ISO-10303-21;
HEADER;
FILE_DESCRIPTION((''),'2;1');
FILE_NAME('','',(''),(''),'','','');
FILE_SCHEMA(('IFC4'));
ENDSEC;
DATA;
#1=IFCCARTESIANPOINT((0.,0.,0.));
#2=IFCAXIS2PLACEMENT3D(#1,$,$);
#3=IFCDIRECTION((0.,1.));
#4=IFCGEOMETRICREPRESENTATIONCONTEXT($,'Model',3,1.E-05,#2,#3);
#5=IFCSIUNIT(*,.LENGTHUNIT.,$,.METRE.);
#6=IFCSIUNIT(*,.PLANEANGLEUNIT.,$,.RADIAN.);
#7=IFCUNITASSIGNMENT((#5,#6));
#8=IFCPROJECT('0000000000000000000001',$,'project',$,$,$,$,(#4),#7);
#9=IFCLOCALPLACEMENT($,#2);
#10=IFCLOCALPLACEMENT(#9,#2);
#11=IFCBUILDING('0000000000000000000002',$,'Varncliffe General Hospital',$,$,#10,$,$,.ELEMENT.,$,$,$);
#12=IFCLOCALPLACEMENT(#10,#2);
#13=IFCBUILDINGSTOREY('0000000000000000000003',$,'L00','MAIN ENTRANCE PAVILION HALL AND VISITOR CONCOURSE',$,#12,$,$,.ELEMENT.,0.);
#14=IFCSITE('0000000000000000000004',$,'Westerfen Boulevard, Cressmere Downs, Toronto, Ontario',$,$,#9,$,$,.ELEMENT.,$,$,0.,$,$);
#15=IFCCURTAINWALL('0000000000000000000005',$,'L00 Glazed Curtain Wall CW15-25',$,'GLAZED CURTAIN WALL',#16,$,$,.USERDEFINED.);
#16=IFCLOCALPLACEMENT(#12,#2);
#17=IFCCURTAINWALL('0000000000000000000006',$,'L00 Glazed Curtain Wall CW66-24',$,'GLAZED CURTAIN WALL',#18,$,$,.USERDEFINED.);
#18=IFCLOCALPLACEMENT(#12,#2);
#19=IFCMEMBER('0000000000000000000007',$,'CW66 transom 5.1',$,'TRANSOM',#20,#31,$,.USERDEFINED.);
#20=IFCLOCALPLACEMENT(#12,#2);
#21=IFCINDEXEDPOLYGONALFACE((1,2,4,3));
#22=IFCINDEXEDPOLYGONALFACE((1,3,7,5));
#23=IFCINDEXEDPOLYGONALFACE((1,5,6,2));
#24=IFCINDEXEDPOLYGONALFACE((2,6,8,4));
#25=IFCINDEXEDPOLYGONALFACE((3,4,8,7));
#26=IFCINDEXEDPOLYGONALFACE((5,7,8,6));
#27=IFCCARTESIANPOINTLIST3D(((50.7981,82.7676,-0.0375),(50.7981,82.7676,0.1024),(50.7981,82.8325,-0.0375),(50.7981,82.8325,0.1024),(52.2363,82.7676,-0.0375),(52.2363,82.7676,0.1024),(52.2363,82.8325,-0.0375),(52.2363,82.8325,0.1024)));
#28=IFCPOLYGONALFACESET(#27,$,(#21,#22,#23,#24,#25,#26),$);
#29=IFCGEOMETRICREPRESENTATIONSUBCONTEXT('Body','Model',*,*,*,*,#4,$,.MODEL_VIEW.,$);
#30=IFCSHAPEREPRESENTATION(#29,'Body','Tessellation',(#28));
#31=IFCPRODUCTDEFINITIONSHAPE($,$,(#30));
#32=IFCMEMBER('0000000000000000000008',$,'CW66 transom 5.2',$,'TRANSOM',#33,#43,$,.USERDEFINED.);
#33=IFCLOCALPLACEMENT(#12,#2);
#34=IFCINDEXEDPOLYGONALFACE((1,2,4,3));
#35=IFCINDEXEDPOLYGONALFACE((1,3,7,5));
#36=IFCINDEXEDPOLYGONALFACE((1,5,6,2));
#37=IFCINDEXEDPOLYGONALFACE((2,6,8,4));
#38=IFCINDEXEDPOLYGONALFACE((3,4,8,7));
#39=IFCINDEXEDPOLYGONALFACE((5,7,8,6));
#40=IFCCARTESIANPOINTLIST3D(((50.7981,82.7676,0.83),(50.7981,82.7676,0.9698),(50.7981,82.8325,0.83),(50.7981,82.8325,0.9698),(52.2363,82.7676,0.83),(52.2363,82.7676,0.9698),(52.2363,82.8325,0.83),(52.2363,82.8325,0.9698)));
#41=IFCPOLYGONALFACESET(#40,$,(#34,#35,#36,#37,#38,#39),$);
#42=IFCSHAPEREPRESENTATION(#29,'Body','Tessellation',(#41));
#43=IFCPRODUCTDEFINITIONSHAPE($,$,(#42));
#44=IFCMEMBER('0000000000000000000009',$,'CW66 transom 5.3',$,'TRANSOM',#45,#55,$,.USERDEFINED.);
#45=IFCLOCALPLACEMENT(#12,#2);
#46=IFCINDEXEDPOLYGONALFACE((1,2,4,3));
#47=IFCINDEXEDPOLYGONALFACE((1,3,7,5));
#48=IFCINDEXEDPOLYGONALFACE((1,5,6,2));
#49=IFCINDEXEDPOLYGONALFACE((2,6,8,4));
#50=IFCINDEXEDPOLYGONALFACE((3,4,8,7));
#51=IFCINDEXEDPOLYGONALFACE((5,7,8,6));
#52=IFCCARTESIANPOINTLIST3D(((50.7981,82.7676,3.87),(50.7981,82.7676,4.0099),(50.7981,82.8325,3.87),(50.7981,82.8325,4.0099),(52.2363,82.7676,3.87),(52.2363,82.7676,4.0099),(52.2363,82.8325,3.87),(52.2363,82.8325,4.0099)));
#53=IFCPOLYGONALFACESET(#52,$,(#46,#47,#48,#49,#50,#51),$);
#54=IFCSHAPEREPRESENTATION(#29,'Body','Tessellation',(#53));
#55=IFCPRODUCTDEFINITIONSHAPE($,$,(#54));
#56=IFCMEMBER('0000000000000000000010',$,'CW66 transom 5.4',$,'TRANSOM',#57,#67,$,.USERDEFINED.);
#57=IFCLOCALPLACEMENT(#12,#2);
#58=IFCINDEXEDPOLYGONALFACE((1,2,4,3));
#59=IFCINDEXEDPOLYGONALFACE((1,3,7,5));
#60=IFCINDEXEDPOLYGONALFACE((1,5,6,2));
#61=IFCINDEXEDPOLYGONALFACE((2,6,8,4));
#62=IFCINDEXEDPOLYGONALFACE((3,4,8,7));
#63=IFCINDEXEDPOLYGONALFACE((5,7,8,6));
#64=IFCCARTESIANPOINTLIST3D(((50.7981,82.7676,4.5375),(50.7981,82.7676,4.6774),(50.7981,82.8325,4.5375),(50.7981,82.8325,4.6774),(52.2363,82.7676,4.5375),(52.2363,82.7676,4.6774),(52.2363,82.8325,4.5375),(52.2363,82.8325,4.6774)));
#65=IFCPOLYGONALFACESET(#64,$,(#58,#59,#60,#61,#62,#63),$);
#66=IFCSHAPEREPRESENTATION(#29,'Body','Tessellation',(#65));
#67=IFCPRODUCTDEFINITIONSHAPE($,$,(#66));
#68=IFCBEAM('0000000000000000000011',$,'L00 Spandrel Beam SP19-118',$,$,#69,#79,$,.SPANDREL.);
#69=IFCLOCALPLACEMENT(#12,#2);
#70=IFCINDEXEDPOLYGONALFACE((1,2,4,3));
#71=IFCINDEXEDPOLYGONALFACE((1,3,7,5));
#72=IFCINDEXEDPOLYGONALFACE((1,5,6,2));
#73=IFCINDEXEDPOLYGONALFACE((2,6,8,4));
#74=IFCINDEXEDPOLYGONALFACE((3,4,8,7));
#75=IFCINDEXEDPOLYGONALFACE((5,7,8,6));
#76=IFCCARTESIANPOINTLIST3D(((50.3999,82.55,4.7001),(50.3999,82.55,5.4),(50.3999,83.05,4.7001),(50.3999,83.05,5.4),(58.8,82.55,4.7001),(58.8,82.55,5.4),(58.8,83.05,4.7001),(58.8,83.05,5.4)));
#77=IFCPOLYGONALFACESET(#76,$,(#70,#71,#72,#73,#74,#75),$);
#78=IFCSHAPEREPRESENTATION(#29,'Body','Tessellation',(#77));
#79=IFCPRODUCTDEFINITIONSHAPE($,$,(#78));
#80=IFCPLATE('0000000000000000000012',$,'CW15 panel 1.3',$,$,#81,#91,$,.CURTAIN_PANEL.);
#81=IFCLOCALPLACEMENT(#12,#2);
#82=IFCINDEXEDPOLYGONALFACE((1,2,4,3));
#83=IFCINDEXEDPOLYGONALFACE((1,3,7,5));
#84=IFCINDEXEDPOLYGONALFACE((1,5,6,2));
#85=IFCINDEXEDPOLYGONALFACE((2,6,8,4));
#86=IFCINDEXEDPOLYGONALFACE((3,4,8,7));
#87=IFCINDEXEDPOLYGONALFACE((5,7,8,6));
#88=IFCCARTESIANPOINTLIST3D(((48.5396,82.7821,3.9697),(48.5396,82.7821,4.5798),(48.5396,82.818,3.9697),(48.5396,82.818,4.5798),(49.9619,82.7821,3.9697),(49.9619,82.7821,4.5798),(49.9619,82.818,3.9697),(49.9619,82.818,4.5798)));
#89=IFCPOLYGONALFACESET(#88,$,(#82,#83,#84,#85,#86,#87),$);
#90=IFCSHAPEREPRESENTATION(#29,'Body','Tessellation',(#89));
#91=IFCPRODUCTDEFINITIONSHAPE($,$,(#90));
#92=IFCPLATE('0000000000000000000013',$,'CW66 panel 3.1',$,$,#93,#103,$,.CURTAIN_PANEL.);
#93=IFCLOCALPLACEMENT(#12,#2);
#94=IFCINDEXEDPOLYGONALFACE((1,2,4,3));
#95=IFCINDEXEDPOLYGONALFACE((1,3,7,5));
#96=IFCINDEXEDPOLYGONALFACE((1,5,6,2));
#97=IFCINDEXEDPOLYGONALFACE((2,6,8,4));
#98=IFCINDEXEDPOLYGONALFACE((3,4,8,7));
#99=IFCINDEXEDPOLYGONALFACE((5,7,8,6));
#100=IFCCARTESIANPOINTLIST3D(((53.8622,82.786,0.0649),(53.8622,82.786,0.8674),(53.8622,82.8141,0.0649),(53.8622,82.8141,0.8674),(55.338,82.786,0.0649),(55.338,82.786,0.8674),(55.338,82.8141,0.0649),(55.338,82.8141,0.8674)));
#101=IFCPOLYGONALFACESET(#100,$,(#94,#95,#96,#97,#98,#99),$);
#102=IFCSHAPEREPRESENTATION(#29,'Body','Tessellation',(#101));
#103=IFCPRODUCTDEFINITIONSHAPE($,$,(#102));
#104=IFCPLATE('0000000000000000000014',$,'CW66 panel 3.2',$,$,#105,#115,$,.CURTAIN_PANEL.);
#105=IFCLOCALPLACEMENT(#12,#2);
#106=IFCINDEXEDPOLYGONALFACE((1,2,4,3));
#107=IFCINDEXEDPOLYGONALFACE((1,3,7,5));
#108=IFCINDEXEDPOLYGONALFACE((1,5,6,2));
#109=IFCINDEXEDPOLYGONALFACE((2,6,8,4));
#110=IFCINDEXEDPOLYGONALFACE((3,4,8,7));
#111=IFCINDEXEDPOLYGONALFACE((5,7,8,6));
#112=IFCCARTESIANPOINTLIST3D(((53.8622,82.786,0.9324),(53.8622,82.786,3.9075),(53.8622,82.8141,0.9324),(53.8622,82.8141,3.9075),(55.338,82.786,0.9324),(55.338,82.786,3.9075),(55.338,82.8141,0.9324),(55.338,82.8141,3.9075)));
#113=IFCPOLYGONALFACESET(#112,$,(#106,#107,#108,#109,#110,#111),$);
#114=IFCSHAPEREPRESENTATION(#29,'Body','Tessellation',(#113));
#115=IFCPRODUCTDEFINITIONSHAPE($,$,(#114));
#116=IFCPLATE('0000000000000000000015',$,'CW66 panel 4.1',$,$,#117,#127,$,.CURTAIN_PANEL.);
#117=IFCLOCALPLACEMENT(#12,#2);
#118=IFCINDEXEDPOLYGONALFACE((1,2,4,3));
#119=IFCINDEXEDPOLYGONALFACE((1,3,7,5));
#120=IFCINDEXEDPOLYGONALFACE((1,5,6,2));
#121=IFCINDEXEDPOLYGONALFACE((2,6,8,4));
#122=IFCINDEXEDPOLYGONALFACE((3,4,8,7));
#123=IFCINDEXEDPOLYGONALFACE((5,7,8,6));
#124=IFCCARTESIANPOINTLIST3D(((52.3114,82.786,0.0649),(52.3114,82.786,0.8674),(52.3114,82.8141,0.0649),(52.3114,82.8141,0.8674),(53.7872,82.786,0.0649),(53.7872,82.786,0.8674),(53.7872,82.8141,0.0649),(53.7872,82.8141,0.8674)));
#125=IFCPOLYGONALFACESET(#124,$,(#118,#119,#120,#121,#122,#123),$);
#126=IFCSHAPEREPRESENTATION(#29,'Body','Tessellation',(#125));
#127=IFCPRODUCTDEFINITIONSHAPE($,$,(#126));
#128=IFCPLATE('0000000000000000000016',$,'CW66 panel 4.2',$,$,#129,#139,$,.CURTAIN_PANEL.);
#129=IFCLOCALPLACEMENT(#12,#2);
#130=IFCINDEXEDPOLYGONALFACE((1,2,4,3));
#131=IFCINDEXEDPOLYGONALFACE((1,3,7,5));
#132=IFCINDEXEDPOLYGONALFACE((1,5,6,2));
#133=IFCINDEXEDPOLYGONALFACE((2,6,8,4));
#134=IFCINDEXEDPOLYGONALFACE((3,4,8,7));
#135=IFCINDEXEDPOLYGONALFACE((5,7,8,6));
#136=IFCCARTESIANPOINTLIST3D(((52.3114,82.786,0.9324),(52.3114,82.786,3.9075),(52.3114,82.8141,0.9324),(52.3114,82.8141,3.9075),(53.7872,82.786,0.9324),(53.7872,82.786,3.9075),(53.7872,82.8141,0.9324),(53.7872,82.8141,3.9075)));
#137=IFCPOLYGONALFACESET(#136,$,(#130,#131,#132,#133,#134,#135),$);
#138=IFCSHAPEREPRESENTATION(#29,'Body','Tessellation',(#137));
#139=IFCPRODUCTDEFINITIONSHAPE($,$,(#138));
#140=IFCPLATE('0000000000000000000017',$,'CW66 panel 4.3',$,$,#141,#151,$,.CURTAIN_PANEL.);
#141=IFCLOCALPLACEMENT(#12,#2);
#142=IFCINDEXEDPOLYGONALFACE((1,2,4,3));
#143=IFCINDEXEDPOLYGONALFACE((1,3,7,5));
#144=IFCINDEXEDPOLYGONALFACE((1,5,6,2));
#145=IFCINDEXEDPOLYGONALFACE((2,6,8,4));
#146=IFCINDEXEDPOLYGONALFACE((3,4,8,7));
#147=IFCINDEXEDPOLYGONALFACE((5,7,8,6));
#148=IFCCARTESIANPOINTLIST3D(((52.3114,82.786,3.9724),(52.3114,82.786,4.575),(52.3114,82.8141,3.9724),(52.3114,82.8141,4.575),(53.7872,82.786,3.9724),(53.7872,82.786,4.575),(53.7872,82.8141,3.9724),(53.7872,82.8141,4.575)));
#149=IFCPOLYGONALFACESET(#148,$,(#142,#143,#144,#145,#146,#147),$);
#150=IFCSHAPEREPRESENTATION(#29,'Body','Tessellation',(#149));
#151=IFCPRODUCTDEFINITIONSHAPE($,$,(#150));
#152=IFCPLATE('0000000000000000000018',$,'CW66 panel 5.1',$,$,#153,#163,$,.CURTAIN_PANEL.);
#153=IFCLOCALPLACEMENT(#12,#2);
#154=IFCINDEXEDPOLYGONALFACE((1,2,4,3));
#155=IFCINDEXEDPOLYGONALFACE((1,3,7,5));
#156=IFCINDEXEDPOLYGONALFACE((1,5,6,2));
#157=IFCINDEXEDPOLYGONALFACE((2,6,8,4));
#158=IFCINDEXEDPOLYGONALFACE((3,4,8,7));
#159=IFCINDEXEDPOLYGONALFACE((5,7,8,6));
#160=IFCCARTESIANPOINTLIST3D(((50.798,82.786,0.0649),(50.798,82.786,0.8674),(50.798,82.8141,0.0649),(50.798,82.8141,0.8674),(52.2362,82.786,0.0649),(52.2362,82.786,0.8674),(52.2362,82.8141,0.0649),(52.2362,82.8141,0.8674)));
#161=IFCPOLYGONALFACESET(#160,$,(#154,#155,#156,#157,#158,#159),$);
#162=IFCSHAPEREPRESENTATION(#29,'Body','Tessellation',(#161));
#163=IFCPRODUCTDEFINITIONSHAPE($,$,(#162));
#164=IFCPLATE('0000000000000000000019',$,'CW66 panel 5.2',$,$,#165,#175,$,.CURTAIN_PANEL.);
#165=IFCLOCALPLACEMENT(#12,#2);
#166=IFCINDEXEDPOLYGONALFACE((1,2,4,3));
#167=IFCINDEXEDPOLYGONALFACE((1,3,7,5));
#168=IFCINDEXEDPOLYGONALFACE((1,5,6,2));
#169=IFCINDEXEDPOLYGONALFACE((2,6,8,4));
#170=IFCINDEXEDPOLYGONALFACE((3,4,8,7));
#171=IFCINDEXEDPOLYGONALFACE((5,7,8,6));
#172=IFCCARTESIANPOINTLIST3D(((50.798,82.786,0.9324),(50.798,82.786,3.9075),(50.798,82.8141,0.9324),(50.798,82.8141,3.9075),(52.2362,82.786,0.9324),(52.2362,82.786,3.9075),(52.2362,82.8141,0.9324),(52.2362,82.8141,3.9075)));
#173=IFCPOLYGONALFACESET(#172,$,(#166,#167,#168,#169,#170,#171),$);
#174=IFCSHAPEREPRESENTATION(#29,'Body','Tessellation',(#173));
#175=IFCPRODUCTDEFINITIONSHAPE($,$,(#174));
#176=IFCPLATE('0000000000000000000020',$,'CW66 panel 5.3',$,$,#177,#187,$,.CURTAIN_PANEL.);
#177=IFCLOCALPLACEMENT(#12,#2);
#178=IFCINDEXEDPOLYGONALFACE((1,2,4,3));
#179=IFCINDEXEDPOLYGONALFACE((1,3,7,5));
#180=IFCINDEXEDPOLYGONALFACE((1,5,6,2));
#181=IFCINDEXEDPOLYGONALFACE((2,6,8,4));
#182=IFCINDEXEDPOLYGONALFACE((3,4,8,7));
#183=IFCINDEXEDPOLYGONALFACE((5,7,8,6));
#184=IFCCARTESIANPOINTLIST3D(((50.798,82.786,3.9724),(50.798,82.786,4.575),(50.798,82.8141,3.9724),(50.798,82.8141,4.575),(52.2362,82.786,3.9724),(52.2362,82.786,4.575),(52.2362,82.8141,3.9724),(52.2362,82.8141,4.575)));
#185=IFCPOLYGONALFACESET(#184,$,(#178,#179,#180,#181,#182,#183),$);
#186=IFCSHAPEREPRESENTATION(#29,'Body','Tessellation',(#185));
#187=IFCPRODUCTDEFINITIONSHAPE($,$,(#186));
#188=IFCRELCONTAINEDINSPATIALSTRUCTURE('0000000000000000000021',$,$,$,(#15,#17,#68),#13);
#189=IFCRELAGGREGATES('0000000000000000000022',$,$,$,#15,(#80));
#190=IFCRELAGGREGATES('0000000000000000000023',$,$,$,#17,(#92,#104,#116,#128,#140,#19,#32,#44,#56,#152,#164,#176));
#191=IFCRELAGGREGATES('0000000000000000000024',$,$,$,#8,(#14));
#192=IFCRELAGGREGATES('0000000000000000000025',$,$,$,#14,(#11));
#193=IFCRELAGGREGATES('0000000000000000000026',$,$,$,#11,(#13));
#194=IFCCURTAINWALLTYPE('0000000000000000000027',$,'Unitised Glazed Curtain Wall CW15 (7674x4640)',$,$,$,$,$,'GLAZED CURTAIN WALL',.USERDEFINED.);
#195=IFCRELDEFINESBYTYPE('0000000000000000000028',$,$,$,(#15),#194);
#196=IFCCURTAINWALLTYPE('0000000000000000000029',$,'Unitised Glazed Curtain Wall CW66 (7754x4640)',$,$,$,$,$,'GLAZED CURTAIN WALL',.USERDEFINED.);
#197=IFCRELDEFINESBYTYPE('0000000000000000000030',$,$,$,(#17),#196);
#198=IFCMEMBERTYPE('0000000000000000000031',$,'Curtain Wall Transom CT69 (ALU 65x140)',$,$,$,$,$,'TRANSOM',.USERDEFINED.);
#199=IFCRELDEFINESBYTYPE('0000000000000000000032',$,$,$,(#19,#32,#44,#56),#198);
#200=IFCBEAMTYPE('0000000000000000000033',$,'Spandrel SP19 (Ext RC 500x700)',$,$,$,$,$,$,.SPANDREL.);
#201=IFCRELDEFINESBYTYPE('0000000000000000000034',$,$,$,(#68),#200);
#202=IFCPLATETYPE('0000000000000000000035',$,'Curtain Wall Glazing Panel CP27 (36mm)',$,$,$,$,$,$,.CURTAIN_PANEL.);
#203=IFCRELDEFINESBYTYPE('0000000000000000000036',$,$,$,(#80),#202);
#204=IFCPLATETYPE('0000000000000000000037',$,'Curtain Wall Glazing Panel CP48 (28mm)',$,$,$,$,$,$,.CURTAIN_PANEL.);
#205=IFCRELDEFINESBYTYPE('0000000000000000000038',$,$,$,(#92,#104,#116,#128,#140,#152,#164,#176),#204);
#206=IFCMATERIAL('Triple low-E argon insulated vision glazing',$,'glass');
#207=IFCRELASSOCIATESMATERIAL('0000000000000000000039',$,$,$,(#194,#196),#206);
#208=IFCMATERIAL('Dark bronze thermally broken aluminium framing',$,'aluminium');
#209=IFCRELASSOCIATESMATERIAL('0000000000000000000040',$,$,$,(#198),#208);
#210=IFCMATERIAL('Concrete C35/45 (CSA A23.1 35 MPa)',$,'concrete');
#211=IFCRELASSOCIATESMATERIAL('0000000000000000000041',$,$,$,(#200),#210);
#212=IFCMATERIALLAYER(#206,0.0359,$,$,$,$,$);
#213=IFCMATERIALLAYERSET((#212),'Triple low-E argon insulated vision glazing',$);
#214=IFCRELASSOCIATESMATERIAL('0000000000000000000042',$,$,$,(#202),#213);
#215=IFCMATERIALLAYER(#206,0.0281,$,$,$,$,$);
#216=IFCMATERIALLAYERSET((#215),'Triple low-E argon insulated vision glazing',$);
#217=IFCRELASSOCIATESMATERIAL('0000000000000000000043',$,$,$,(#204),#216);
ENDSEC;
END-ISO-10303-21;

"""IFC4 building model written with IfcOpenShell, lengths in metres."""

from ifc_helpers import new_model, si_unit, direction, frame, origin, origin_2d, place, context, subcontext, project, spatial, rectangle, extrude, material, layer, layer_set, material_profile, profile_set, type_object, element, aggregate, save


model = new_model("IFC4")

# Units and contexts
model_context = context("Model", 3, precision=1e-05, world=origin(), true_north=direction((0.0, 1.0)))
body_context = subcontext(model_context, "Body", "Model", "MODEL_VIEW")
ifc_project = project(units=[si_unit("LENGTHUNIT", "METRE"), si_unit("PLANEANGLEUNIT", "RADIAN")], contexts=[model_context])

# Site, building, storey
site_placement = place(None, origin())
site = spatial("IfcSite", under=ifc_project, at=site_placement, Name="Westerfen Boulevard, Cressmere Downs, Toronto, Ontario", CompositionType="ELEMENT", RefElevation=0.0)
building_placement = place(site_placement, origin())
building = spatial("IfcBuilding", under=site, at=building_placement, Name="Varncliffe General Hospital", CompositionType="ELEMENT")
storey_placement = place(building_placement, origin())
storey = spatial("IfcBuildingStorey", under=building, at=storey_placement, Name="L00", Description="MAIN ENTRANCE PAVILION HALL AND VISITOR CONCOURSE", CompositionType="ELEMENT", Elevation=0.0)

# Shared definitions
ifc_material_1 = material(Name="Concrete C35/45 (CSA A23.1 35 MPa)", Category="concrete")

# Curtain wall
ifc_material_2 = material(Name="Triple low-E argon insulated vision glazing", Category="glass")
curtain_wall_type_1 = type_object("IfcCurtainWallType", Name="Unitised Glazed Curtain Wall CW15 (7674x4640)", ElementType="GLAZED CURTAIN WALL", PredefinedType="USERDEFINED", material=ifc_material_2)
curtain_wall_1_placement = place(storey_placement, origin())
curtain_wall_1 = element("IfcCurtainWall", 1, at=curtain_wall_1_placement, inside=storey, type_object=curtain_wall_type_1, Name="L00 Glazed Curtain Wall CW15-25", ObjectType="GLAZED CURTAIN WALL", PredefinedType="USERDEFINED")
ifc_material_3 = material(Name="Dark bronze thermally broken aluminium framing", Category="aluminium")

# Curtain wall
curtain_wall_type_2 = type_object("IfcCurtainWallType", Name="Unitised Glazed Curtain Wall CW66 (7754x4640)", ElementType="GLAZED CURTAIN WALL", PredefinedType="USERDEFINED", material=ifc_material_2)
curtain_wall_2_placement = place(storey_placement, origin())
curtain_wall_2 = element("IfcCurtainWall", 2, at=curtain_wall_2_placement, inside=storey, type_object=curtain_wall_type_2, Name="L00 Glazed Curtain Wall CW66-24", ObjectType="GLAZED CURTAIN WALL", PredefinedType="USERDEFINED")

# Members
ifc_material_profile_1 = material_profile(ifc_material_3, rectangle(XDim=0.0649, YDim=0.1399, at=origin_2d()), Name="ALU 65x140")
ifc_profile_set_1 = profile_set([ifc_material_profile_1], Name="Dark bronze thermally broken aluminium framing")
member_type_1 = type_object("IfcMemberType", Name="Curtain Wall Transom CT69 (ALU 65x140)", ElementType="TRANSOM", PredefinedType="USERDEFINED", material=ifc_profile_set_1)
member_1_placement = place(storey_placement, frame((52.2363, 82.8, 0.0325), z_axis=(-1.0, 0.0, 0.0), x_axis=(0.0, -1.0, 0.0)))
member_1 = element("IfcMember", 3, at=member_1_placement, type_object=member_type_1, Name="CW66 transom 5.1", ObjectType="TRANSOM", PredefinedType="USERDEFINED", context=body_context, shape_type="SweptSolid", body=[
    extrude(rectangle(XDim=0.0649, YDim=0.1399, at=origin_2d()), origin(), (0.0, 0.0, 1.0), 1.4382),
])
member_2_placement = place(storey_placement, frame((52.2363, 82.8, 0.8999), z_axis=(-1.0, 0.0, 0.0), x_axis=(0.0, -1.0, 0.0)))
member_2 = element("IfcMember", 4, at=member_2_placement, type_object=member_type_1, Name="CW66 transom 5.2", ObjectType="TRANSOM", PredefinedType="USERDEFINED", context=body_context, shape_type="SweptSolid", body=[
    extrude(rectangle(XDim=0.0649, YDim=0.1399, at=origin_2d()), origin(), (0.0, 0.0, 1.0), 1.4382),
])
member_3_placement = place(storey_placement, frame((52.2363, 82.8, 3.9399), z_axis=(-1.0, 0.0, 0.0), x_axis=(0.0, -1.0, 0.0)))
member_3 = element("IfcMember", 5, at=member_3_placement, type_object=member_type_1, Name="CW66 transom 5.3", ObjectType="TRANSOM", PredefinedType="USERDEFINED", context=body_context, shape_type="SweptSolid", body=[
    extrude(rectangle(XDim=0.0649, YDim=0.1399, at=origin_2d()), origin(), (0.0, 0.0, 1.0), 1.4382),
])
member_4_placement = place(storey_placement, frame((52.2363, 82.8, 4.6074), z_axis=(-1.0, 0.0, 0.0), x_axis=(0.0, -1.0, 0.0)))
member_4 = element("IfcMember", 6, at=member_4_placement, type_object=member_type_1, Name="CW66 transom 5.4", ObjectType="TRANSOM", PredefinedType="USERDEFINED", context=body_context, shape_type="SweptSolid", body=[
    extrude(rectangle(XDim=0.0649, YDim=0.1399, at=origin_2d()), origin(), (0.0, 0.0, 1.0), 1.4382),
])

# Beam
ifc_material_profile_2 = material_profile(ifc_material_1, rectangle(XDim=0.5, YDim=0.7, at=origin_2d()), Name="RC 500x700")
ifc_profile_set_2 = profile_set([ifc_material_profile_2], Name="Concrete C35/45 (CSA A23.1 35 MPa)")
beam_type_1 = type_object("IfcBeamType", Name="Spandrel SP19 (Ext RC 500x700)", PredefinedType="SPANDREL", material=ifc_profile_set_2)
beam_1_placement = place(storey_placement, frame((50.3999, 82.8, 5.05), z_axis=(1.0, 0.0, 0.0), x_axis=(0.0, 1.0, 0.0)))
element("IfcBeam", 7, at=beam_1_placement, inside=storey, type_object=beam_type_1, Name="L00 Spandrel Beam SP19-118", PredefinedType="SPANDREL", context=body_context, shape_type="SweptSolid", body=[
    extrude(rectangle(XDim=0.5, YDim=0.7, at=origin_2d()), origin(), (0.0, 0.0, 1.0), 8.4001),
])

# Plates
ifc_layer_1 = layer(ifc_material_2, 0.0359)
ifc_layer_set_1 = layer_set([ifc_layer_1], Name="Triple low-E argon insulated vision glazing")
plate_type_1 = type_object("IfcPlateType", Name="Curtain Wall Glazing Panel CP27 (36mm)", PredefinedType="CURTAIN_PANEL", material=ifc_layer_set_1)
plate_1_placement = place(storey_placement, frame((49.2507, 82.8, 3.9697), z_axis=(0.0, 0.0, 1.0), x_axis=(-1.0, 0.0, 0.0)))
plate_1 = element("IfcPlate", 8, at=plate_1_placement, type_object=plate_type_1, Name="CW15 panel 1.3", PredefinedType="CURTAIN_PANEL", context=body_context, shape_type="SweptSolid", body=[
    extrude(rectangle(XDim=1.4224, YDim=0.0359, at=origin_2d()), origin(), (0.0, 0.0, 1.0), 0.6101),
])
aggregate(curtain_wall_1, [plate_1])
ifc_layer_2 = layer(ifc_material_2, 0.0281)
ifc_layer_set_2 = layer_set([ifc_layer_2], Name="Triple low-E argon insulated vision glazing")
plate_type_2 = type_object("IfcPlateType", Name="Curtain Wall Glazing Panel CP48 (28mm)", PredefinedType="CURTAIN_PANEL", material=ifc_layer_set_2)
plate_2_placement = place(storey_placement, frame((54.6001, 82.8, 0.0649), z_axis=(0.0, 0.0, 1.0), x_axis=(-1.0, 0.0, 0.0)))
plate_2 = element("IfcPlate", 9, at=plate_2_placement, type_object=plate_type_2, Name="CW66 panel 3.1", PredefinedType="CURTAIN_PANEL", context=body_context, shape_type="SweptSolid", body=[
    extrude(rectangle(XDim=1.4758, YDim=0.0281, at=origin_2d()), origin(), (0.0, 0.0, 1.0), 0.8025),
])
plate_3_placement = place(storey_placement, frame((54.6001, 82.8, 0.9324), z_axis=(0.0, 0.0, 1.0), x_axis=(-1.0, 0.0, 0.0)))
plate_3 = element("IfcPlate", 10, at=plate_3_placement, type_object=plate_type_2, Name="CW66 panel 3.2", PredefinedType="CURTAIN_PANEL", context=body_context, shape_type="SweptSolid", body=[
    extrude(rectangle(XDim=1.4758, YDim=0.0281, at=origin_2d()), origin(), (0.0, 0.0, 1.0), 2.9751),
])
plate_4_placement = place(storey_placement, frame((53.0493, 82.8, 0.0649), z_axis=(0.0, 0.0, 1.0), x_axis=(-1.0, 0.0, 0.0)))
plate_4 = element("IfcPlate", 11, at=plate_4_placement, type_object=plate_type_2, Name="CW66 panel 4.1", PredefinedType="CURTAIN_PANEL", context=body_context, shape_type="SweptSolid", body=[
    extrude(rectangle(XDim=1.4758, YDim=0.0281, at=origin_2d()), origin(), (0.0, 0.0, 1.0), 0.8025),
])
plate_5_placement = place(storey_placement, frame((53.0493, 82.8, 0.9324), z_axis=(0.0, 0.0, 1.0), x_axis=(-1.0, 0.0, 0.0)))
plate_5 = element("IfcPlate", 12, at=plate_5_placement, type_object=plate_type_2, Name="CW66 panel 4.2", PredefinedType="CURTAIN_PANEL", context=body_context, shape_type="SweptSolid", body=[
    extrude(rectangle(XDim=1.4758, YDim=0.0281, at=origin_2d()), origin(), (0.0, 0.0, 1.0), 2.9751),
])
plate_6_placement = place(storey_placement, frame((53.0493, 82.8, 3.9724), z_axis=(0.0, 0.0, 1.0), x_axis=(-1.0, 0.0, 0.0)))
plate_6 = element("IfcPlate", 13, at=plate_6_placement, type_object=plate_type_2, Name="CW66 panel 4.3", PredefinedType="CURTAIN_PANEL", context=body_context, shape_type="SweptSolid", body=[
    extrude(rectangle(XDim=1.4758, YDim=0.0281, at=origin_2d()), origin(), (0.0, 0.0, 1.0), 0.6025),
])
plate_7_placement = place(storey_placement, frame((51.5171, 82.8, 0.0649), z_axis=(0.0, 0.0, 1.0), x_axis=(-1.0, 0.0, 0.0)))
plate_7 = element("IfcPlate", 14, at=plate_7_placement, type_object=plate_type_2, Name="CW66 panel 5.1", PredefinedType="CURTAIN_PANEL", context=body_context, shape_type="SweptSolid", body=[
    extrude(rectangle(XDim=1.4382, YDim=0.0281, at=origin_2d()), origin(), (0.0, 0.0, 1.0), 0.8025),
])
plate_8_placement = place(storey_placement, frame((51.5171, 82.8, 0.9324), z_axis=(0.0, 0.0, 1.0), x_axis=(-1.0, 0.0, 0.0)))
plate_8 = element("IfcPlate", 15, at=plate_8_placement, type_object=plate_type_2, Name="CW66 panel 5.2", PredefinedType="CURTAIN_PANEL", context=body_context, shape_type="SweptSolid", body=[
    extrude(rectangle(XDim=1.4382, YDim=0.0281, at=origin_2d()), origin(), (0.0, 0.0, 1.0), 2.9751),
])
plate_9_placement = place(storey_placement, frame((51.5171, 82.8, 3.9724), z_axis=(0.0, 0.0, 1.0), x_axis=(-1.0, 0.0, 0.0)))
plate_9 = element("IfcPlate", 16, at=plate_9_placement, type_object=plate_type_2, Name="CW66 panel 5.3", PredefinedType="CURTAIN_PANEL", context=body_context, shape_type="SweptSolid", body=[
    extrude(rectangle(XDim=1.4382, YDim=0.0281, at=origin_2d()), origin(), (0.0, 0.0, 1.0), 0.6025),
])
aggregate(curtain_wall_2, [plate_2, plate_3, plate_4, plate_5, plate_6, member_1, member_2, member_3, member_4, plate_7, plate_8, plate_9])

save(model, "model.ifc")
